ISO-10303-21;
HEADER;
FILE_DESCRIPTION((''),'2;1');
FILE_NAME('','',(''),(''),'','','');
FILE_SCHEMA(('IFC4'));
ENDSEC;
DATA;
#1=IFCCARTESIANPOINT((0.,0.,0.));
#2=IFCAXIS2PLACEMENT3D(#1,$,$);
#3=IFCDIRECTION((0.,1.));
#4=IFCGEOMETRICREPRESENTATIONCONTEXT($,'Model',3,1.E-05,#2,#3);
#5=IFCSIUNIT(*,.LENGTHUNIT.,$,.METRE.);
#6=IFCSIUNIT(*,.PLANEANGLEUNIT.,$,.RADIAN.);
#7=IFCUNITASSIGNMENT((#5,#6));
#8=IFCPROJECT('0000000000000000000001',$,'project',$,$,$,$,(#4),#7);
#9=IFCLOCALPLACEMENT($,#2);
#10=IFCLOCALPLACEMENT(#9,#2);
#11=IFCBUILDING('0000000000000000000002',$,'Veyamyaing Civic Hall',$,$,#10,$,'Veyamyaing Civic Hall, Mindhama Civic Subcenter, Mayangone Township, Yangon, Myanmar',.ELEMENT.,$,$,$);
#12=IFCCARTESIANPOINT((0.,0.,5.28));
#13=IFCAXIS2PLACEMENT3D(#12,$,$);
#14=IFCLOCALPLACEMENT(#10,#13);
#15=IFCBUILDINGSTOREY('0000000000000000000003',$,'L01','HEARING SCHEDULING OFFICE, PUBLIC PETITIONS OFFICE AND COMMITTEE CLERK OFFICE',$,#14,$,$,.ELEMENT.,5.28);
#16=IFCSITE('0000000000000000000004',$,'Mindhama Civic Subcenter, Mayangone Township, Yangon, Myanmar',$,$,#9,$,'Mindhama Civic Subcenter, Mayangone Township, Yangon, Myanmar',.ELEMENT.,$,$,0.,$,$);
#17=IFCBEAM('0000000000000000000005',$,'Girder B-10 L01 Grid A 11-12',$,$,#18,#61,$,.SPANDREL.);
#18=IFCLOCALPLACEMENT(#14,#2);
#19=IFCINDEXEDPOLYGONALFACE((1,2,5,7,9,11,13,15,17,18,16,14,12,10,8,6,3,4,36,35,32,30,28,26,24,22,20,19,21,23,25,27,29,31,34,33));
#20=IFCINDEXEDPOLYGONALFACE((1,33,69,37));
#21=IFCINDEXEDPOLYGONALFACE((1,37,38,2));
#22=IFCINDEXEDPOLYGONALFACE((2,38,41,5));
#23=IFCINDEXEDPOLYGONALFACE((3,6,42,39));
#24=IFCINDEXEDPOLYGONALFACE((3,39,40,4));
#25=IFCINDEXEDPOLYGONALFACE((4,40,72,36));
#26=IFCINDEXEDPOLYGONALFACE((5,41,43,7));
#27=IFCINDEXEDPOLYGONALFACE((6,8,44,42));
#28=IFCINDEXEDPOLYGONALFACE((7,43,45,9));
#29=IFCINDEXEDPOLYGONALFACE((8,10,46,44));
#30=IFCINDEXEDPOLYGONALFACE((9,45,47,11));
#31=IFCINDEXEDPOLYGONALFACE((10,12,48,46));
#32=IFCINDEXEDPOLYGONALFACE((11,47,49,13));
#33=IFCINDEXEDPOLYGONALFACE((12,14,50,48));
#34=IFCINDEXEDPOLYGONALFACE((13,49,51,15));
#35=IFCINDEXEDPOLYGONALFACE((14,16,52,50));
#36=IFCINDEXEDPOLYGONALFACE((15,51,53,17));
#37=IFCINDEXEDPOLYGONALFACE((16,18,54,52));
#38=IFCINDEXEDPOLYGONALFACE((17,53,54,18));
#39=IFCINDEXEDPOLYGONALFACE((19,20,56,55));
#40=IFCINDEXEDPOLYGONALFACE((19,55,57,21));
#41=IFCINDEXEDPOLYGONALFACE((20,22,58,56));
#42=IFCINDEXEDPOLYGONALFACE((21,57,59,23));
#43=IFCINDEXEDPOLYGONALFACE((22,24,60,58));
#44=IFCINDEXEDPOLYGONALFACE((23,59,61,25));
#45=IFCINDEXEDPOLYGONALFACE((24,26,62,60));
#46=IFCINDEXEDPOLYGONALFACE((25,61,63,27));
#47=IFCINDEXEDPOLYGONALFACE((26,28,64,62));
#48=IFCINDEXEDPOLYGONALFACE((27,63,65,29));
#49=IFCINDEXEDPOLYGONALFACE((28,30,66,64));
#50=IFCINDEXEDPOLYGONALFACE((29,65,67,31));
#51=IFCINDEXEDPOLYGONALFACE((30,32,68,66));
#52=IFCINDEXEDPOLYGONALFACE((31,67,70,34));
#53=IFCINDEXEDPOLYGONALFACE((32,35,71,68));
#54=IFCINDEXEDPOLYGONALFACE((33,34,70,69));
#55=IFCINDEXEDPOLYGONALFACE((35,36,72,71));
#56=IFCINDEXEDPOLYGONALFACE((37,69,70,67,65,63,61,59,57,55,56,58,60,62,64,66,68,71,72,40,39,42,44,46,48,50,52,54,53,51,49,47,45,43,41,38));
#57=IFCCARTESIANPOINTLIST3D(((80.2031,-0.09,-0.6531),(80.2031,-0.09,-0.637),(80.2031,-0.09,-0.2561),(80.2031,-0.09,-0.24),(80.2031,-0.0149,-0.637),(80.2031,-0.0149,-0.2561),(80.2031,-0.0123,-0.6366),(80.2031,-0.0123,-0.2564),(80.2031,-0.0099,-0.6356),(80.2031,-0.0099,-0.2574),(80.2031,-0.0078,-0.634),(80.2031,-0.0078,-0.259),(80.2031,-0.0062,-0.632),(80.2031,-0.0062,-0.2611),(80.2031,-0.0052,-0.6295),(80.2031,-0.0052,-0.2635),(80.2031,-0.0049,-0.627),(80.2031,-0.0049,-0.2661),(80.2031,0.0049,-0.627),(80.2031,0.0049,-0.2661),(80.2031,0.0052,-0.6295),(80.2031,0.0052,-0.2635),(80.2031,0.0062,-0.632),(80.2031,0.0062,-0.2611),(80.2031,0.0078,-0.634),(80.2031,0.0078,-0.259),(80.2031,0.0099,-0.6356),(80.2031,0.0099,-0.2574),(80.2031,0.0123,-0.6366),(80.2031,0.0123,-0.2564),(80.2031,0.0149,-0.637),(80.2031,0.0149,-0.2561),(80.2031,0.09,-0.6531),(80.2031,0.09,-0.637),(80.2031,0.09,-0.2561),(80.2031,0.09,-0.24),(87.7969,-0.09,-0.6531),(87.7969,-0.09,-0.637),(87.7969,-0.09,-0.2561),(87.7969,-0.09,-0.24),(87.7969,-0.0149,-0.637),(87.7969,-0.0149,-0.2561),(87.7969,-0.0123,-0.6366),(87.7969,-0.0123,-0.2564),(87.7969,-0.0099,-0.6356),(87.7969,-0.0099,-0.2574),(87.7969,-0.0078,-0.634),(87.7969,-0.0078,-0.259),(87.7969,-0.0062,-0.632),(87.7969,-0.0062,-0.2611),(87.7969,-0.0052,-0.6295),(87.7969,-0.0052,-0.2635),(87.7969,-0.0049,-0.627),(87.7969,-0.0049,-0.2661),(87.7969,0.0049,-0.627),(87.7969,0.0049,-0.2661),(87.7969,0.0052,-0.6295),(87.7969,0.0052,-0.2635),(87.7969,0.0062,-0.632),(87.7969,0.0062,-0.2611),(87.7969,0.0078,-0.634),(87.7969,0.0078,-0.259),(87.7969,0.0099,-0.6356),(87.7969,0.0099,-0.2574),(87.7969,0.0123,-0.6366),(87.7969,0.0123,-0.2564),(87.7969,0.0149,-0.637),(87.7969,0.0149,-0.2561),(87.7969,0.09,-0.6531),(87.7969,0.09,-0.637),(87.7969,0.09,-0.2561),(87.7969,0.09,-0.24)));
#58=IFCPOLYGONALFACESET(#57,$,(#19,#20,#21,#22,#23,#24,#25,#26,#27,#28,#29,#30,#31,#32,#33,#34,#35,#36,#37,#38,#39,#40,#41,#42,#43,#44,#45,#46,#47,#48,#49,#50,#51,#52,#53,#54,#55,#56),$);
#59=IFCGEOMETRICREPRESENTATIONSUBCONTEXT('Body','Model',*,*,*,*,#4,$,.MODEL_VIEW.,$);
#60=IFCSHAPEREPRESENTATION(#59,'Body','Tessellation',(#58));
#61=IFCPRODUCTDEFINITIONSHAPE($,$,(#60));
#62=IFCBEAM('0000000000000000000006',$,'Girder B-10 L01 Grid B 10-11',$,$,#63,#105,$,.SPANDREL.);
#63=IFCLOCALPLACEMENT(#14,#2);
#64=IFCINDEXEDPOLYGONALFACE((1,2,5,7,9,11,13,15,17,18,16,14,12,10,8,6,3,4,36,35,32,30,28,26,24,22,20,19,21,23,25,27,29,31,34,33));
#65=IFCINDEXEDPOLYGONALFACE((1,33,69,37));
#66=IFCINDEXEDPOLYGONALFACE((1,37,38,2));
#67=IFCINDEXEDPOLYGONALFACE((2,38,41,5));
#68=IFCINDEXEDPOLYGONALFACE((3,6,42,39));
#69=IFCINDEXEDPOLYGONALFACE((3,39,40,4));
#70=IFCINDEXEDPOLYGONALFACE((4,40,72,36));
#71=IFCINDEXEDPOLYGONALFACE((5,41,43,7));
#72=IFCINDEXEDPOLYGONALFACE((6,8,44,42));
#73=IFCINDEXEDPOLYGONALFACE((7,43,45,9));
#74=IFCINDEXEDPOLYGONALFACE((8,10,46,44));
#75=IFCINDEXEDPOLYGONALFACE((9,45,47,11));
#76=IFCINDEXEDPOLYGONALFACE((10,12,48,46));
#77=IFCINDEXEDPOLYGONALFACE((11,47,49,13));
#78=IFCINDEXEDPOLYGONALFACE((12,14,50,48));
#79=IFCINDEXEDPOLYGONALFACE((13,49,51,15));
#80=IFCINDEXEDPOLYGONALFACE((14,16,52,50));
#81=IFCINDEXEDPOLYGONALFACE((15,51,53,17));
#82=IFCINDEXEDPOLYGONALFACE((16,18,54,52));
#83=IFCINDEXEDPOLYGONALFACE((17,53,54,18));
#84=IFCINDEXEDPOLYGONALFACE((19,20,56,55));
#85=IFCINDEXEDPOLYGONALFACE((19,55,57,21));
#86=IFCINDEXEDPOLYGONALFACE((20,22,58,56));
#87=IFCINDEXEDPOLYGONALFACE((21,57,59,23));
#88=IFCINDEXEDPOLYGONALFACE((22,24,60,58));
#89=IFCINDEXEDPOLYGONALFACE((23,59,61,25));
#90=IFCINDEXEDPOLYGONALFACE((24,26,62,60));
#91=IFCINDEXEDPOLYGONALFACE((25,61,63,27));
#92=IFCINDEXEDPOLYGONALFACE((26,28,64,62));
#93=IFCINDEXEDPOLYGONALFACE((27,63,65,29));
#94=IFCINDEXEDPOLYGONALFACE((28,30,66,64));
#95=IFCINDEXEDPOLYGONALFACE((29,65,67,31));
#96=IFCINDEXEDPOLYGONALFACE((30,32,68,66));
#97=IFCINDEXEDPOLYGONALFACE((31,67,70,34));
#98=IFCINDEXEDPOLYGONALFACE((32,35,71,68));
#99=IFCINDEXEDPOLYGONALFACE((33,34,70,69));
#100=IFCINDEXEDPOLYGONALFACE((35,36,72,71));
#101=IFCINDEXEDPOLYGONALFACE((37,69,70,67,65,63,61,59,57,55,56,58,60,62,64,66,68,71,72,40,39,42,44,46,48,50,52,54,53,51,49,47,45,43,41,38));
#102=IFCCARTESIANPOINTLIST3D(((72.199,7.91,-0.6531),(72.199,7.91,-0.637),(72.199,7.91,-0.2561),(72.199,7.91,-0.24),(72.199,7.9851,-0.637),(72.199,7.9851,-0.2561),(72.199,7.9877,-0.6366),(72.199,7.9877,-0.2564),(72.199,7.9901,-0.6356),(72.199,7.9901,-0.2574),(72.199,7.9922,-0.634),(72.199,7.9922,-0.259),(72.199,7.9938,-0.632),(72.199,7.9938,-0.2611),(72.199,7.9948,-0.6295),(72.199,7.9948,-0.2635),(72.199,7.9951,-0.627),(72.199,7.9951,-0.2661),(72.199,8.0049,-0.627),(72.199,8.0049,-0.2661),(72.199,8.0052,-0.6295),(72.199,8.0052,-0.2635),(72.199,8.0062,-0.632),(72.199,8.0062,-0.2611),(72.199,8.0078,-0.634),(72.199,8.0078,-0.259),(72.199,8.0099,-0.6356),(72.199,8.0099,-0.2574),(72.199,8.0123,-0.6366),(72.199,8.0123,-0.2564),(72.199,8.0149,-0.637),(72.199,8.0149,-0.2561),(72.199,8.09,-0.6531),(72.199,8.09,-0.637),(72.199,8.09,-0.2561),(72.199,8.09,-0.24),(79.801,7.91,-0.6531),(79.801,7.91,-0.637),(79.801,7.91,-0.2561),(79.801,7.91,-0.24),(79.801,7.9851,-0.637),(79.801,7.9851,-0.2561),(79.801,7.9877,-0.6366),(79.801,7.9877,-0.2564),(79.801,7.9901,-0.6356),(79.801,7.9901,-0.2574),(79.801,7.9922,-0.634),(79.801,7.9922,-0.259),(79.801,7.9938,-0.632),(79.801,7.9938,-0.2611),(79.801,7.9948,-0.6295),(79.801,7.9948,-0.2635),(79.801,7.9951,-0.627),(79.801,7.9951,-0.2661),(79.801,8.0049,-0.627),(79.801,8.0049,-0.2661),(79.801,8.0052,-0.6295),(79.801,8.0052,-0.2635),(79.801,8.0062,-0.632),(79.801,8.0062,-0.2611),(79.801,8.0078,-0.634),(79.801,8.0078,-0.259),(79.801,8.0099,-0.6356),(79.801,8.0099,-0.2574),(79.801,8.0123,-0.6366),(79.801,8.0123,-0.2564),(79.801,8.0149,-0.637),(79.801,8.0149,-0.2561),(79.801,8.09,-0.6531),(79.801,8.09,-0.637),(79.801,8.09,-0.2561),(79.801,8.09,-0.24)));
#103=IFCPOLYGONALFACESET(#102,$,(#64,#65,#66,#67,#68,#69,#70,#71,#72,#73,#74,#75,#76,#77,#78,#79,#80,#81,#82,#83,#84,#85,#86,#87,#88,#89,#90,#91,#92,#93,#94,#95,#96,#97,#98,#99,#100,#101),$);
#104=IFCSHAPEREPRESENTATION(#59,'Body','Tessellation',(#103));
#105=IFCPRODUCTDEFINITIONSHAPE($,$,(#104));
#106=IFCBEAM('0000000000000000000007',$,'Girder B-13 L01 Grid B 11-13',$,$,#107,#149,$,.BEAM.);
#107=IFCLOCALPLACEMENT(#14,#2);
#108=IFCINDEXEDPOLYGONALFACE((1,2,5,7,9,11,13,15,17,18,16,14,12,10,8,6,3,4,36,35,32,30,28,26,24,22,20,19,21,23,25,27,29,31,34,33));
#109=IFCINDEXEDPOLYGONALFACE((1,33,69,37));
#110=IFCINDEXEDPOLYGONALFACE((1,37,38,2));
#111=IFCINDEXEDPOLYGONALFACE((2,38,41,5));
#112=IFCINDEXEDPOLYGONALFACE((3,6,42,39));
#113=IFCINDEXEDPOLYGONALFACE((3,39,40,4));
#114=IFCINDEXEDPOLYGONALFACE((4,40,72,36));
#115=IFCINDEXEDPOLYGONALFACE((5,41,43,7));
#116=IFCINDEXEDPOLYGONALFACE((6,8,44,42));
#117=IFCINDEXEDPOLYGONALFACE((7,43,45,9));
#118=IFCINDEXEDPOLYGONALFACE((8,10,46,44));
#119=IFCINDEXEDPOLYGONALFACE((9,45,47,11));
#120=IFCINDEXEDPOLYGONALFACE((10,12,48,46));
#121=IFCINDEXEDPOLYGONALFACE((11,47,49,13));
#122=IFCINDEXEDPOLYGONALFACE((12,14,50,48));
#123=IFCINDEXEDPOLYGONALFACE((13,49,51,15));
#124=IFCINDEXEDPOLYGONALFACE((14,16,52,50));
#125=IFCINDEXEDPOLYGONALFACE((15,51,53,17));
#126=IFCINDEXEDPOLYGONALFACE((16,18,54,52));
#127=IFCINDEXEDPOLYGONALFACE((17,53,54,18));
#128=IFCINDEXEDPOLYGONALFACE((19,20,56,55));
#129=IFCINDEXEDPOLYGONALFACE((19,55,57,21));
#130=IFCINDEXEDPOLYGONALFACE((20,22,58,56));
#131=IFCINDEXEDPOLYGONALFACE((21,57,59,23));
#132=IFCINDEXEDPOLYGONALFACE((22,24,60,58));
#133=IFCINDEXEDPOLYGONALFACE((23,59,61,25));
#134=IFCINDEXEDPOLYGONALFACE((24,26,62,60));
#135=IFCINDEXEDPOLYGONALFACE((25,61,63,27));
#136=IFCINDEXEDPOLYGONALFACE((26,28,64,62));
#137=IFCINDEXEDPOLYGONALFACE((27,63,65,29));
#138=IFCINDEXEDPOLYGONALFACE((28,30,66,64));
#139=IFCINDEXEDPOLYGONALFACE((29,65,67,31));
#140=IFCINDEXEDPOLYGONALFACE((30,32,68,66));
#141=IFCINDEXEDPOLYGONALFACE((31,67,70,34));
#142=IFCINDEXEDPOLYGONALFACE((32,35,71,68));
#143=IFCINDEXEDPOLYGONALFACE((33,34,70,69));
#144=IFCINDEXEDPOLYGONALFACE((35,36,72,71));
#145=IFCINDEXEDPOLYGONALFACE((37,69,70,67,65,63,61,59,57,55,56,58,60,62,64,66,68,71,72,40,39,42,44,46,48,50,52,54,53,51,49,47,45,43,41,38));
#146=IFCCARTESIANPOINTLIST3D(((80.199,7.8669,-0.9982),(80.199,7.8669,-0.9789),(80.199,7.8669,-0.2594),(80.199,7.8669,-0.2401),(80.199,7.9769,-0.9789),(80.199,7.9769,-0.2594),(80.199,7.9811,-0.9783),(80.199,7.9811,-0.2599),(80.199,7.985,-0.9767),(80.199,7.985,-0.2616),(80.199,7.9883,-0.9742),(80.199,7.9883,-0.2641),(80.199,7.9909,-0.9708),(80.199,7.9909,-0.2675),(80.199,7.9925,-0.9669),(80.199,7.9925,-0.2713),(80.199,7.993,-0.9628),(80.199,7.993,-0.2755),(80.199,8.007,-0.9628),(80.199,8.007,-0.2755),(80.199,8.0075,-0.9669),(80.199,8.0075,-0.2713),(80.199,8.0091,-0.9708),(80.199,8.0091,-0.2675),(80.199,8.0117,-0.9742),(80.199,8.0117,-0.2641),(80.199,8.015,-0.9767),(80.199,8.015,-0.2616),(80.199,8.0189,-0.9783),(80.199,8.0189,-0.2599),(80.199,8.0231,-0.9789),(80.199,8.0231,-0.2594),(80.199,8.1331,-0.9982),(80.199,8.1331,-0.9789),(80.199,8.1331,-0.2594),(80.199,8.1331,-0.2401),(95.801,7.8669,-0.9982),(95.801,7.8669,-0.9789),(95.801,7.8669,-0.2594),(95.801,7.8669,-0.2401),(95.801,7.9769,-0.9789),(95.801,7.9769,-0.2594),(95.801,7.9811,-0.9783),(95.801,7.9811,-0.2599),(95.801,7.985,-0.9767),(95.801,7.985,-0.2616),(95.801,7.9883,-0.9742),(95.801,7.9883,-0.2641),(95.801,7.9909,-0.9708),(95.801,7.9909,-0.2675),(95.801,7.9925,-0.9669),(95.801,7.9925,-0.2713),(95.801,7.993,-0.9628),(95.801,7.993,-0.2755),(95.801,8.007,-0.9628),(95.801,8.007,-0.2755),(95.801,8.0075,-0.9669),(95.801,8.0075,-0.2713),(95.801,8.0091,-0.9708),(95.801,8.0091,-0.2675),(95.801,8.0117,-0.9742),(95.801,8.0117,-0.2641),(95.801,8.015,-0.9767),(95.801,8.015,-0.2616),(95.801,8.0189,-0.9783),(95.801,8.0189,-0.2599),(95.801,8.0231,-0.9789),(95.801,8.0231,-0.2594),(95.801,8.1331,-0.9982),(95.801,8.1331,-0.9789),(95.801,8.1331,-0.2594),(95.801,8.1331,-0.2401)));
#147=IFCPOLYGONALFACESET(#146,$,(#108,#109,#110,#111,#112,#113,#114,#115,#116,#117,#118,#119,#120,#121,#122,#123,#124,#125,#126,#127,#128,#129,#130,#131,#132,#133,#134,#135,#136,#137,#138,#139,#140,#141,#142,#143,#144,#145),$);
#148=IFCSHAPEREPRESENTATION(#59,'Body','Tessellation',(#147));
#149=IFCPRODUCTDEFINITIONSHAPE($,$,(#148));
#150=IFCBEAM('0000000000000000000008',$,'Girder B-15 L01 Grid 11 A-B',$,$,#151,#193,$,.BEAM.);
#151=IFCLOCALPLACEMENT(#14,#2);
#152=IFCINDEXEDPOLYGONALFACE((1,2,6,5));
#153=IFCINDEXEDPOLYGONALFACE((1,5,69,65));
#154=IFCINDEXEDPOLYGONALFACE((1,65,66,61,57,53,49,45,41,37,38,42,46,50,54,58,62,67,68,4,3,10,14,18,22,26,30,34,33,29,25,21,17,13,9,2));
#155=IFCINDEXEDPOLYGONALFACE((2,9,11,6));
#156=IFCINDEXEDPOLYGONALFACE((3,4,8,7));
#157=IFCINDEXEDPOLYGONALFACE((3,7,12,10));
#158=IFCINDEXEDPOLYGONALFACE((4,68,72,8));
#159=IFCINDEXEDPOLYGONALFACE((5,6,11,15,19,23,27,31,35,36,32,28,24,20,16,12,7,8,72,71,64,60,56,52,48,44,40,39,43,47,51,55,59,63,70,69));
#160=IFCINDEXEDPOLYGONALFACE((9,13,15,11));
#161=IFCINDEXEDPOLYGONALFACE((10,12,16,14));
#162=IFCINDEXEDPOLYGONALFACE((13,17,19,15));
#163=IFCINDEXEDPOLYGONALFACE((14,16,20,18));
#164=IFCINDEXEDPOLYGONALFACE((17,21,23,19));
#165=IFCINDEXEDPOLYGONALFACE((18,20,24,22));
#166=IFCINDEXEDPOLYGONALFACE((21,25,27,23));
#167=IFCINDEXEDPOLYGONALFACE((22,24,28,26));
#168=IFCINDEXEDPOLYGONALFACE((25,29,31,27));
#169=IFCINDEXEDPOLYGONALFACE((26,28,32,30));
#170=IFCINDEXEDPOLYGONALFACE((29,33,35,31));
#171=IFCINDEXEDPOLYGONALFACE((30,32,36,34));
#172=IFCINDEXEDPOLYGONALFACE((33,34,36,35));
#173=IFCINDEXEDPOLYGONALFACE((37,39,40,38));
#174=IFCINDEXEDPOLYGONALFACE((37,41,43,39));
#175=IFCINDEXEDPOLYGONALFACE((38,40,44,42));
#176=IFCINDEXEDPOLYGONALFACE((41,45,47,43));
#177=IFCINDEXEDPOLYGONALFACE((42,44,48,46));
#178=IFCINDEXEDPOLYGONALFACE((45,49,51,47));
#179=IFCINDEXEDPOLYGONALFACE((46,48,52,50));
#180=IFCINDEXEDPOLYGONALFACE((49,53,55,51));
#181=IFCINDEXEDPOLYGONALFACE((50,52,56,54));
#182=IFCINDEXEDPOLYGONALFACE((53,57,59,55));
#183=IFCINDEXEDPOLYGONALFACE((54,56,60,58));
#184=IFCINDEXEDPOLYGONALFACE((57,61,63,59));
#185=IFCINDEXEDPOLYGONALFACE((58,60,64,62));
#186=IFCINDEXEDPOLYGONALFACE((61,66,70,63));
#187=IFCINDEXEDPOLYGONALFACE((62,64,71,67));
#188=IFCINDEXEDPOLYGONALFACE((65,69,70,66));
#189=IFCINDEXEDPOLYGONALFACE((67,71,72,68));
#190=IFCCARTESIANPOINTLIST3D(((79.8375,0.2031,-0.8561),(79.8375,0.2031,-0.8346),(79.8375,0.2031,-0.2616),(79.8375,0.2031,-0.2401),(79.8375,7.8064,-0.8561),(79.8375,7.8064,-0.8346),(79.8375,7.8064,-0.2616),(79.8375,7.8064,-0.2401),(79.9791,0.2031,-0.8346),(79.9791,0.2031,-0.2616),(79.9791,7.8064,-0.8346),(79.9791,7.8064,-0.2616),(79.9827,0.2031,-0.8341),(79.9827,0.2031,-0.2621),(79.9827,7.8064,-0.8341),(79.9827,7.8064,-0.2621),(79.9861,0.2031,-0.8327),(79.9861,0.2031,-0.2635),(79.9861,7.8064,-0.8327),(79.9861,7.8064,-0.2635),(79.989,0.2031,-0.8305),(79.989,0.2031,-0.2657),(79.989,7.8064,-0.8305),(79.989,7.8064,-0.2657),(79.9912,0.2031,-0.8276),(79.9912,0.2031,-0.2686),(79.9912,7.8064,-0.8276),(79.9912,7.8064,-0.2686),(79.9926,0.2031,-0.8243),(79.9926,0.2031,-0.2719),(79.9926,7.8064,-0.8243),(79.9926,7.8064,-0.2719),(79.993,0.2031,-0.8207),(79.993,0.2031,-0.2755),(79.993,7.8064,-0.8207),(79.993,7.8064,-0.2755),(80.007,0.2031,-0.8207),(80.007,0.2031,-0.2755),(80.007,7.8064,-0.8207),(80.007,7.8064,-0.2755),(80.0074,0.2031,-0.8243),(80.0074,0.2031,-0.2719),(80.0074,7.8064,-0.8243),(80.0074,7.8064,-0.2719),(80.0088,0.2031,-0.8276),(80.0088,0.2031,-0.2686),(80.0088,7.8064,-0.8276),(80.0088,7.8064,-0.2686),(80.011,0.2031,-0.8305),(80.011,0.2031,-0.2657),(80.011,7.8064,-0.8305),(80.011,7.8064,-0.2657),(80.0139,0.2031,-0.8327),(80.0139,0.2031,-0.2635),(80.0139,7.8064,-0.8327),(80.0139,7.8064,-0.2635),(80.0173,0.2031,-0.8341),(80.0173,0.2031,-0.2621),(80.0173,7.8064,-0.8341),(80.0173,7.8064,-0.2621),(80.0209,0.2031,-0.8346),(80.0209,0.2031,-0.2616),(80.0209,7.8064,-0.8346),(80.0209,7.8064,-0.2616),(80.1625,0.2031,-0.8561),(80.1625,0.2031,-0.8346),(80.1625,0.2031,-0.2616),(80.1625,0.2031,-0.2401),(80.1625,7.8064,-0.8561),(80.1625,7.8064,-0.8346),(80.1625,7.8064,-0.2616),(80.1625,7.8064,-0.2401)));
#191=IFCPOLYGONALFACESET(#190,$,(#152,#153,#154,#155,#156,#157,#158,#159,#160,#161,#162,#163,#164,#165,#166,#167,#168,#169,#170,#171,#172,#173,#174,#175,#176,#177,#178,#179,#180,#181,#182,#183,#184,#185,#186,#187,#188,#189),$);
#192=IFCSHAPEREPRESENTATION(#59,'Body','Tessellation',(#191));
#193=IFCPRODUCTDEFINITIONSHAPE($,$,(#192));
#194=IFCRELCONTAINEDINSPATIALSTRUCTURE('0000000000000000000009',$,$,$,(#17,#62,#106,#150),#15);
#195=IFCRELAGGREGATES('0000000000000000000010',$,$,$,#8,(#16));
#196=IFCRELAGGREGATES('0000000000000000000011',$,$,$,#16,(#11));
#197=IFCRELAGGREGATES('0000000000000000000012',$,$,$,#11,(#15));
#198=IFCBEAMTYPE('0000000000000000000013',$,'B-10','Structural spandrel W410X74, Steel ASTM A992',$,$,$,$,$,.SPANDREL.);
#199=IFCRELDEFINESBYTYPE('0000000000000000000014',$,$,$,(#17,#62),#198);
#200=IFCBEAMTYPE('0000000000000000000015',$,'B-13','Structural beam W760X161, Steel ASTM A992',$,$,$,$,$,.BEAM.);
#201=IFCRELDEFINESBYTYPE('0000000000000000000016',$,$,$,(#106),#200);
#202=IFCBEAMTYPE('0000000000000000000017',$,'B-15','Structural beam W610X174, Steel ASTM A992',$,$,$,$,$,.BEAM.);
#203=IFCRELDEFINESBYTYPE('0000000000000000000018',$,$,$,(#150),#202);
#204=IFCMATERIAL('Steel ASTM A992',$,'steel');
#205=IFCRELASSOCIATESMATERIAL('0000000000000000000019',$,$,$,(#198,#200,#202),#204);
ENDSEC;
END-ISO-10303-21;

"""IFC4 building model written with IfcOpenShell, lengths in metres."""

from ifc_helpers import new_model, si_unit, direction, frame, origin, origin_2d, place, context, subcontext, project, spatial, i_section, extrude, material, material_profile, profile_set, type_object, element, save


model = new_model("IFC4")

# Units and contexts
model_context = context("Model", 3, precision=1e-05, world=origin(), true_north=direction((0.0, 1.0)))
body_context = subcontext(model_context, "Body", "Model", "MODEL_VIEW")
ifc_project = project(units=[si_unit("LENGTHUNIT", "METRE"), si_unit("PLANEANGLEUNIT", "RADIAN")], contexts=[model_context])

# Site, building, storey
site_placement = place(None, origin())
site = spatial("IfcSite", under=ifc_project, at=site_placement, Name="Mindhama Civic Subcenter, Mayangone Township, Yangon, Myanmar", LongName="Mindhama Civic Subcenter, Mayangone Township, Yangon, Myanmar", CompositionType="ELEMENT", RefElevation=0.0)
building_placement = place(site_placement, origin())
building = spatial("IfcBuilding", under=site, at=building_placement, Name="Veyamyaing Civic Hall", LongName="Veyamyaing Civic Hall, Mindhama Civic Subcenter, Mayangone Township, Yangon, Myanmar", CompositionType="ELEMENT")
storey_placement = place(building_placement, frame((0.0, 0.0, 5.28)))
storey = spatial("IfcBuildingStorey", under=building, at=storey_placement, Name="L01", Description="HEARING SCHEDULING OFFICE, PUBLIC PETITIONS OFFICE AND COMMITTEE CLERK OFFICE", CompositionType="ELEMENT", Elevation=5.28)

# Beams
ifc_material_1 = material(Name="Steel ASTM A992", Category="steel")
ifc_material_profile_1 = material_profile(ifc_material_1, i_section(OverallWidth=0.1799, OverallDepth=0.4131, WebThickness=0.0098, FlangeThickness=0.0161, FilletRadius=0.01, at=origin_2d()), Name="W410X74")
ifc_profile_set_1 = profile_set([ifc_material_profile_1], Name="Steel ASTM A992")
beam_type_1 = type_object("IfcBeamType", Name="B-10", Description="Structural spandrel W410X74, Steel ASTM A992", PredefinedType="SPANDREL", material=ifc_profile_set_1)
beam_1_placement = place(storey_placement, frame((80.2031, 0.0, -0.4465), z_axis=(1.0, 0.0, 0.0), x_axis=(0.0, 1.0, 0.0)))
element("IfcBeam", 1, at=beam_1_placement, inside=storey, type_object=beam_type_1, Name="Girder B-10 L01 Grid A 11-12", PredefinedType="SPANDREL", context=body_context, shape_type="SweptSolid", body=[
    extrude(i_section(OverallWidth=0.1799, OverallDepth=0.4131, WebThickness=0.0098, FlangeThickness=0.0161, FilletRadius=0.01, at=origin_2d()), origin(), (0.0, 0.0, 1.0), 7.5938),
])
beam_2_placement = place(storey_placement, frame((72.199, 8.0, -0.4465), z_axis=(1.0, 0.0, 0.0), x_axis=(0.0, 1.0, 0.0)))
element("IfcBeam", 2, at=beam_2_placement, inside=storey, type_object=beam_type_1, Name="Girder B-10 L01 Grid B 10-11", PredefinedType="SPANDREL", context=body_context, shape_type="SweptSolid", body=[
    extrude(i_section(OverallWidth=0.1799, OverallDepth=0.4131, WebThickness=0.0098, FlangeThickness=0.0161, FilletRadius=0.01, at=origin_2d()), origin(), (0.0, 0.0, 1.0), 7.6021),
])
ifc_material_profile_2 = material_profile(ifc_material_1, i_section(OverallWidth=0.2661, OverallDepth=0.7581, WebThickness=0.0139, FlangeThickness=0.0193, FilletRadius=0.0161, at=origin_2d()), Name="W760X161")
ifc_profile_set_2 = profile_set([ifc_material_profile_2], Name="Steel ASTM A992")
beam_type_2 = type_object("IfcBeamType", Name="B-13", Description="Structural beam W760X161, Steel ASTM A992", PredefinedType="BEAM", material=ifc_profile_set_2)
beam_3_placement = place(storey_placement, frame((80.199, 8.0, -0.6191), z_axis=(1.0, 0.0, 0.0), x_axis=(0.0, 1.0, 0.0)))
element("IfcBeam", 3, at=beam_3_placement, inside=storey, type_object=beam_type_2, Name="Girder B-13 L01 Grid B 11-13", PredefinedType="BEAM", context=body_context, shape_type="SweptSolid", body=[
    extrude(i_section(OverallWidth=0.2661, OverallDepth=0.7581, WebThickness=0.0139, FlangeThickness=0.0193, FilletRadius=0.0161, at=origin_2d()), origin(), (0.0, 0.0, 1.0), 15.6021),
])
ifc_material_profile_3 = material_profile(ifc_material_1, i_section(OverallWidth=0.325, OverallDepth=0.616, WebThickness=0.0139, FlangeThickness=0.0215, FilletRadius=0.0139, at=origin_2d()), Name="W610X174")
ifc_profile_set_3 = profile_set([ifc_material_profile_3], Name="Steel ASTM A992")
beam_type_3 = type_object("IfcBeamType", Name="B-15", Description="Structural beam W610X174, Steel ASTM A992", PredefinedType="BEAM", material=ifc_profile_set_3)
beam_4_placement = place(storey_placement, frame((80.0, 0.2031, -0.5481), z_axis=(0.0, 1.0, 0.0), x_axis=(-1.0, 0.0, 0.0)))
element("IfcBeam", 4, at=beam_4_placement, inside=storey, type_object=beam_type_3, Name="Girder B-15 L01 Grid 11 A-B", PredefinedType="BEAM", context=body_context, shape_type="SweptSolid", body=[
    extrude(i_section(OverallWidth=0.325, OverallDepth=0.616, WebThickness=0.0139, FlangeThickness=0.0215, FilletRadius=0.0139, at=origin_2d()), origin(), (0.0, 0.0, 1.0), 7.6033),
])

save(model, "model.ifc")
